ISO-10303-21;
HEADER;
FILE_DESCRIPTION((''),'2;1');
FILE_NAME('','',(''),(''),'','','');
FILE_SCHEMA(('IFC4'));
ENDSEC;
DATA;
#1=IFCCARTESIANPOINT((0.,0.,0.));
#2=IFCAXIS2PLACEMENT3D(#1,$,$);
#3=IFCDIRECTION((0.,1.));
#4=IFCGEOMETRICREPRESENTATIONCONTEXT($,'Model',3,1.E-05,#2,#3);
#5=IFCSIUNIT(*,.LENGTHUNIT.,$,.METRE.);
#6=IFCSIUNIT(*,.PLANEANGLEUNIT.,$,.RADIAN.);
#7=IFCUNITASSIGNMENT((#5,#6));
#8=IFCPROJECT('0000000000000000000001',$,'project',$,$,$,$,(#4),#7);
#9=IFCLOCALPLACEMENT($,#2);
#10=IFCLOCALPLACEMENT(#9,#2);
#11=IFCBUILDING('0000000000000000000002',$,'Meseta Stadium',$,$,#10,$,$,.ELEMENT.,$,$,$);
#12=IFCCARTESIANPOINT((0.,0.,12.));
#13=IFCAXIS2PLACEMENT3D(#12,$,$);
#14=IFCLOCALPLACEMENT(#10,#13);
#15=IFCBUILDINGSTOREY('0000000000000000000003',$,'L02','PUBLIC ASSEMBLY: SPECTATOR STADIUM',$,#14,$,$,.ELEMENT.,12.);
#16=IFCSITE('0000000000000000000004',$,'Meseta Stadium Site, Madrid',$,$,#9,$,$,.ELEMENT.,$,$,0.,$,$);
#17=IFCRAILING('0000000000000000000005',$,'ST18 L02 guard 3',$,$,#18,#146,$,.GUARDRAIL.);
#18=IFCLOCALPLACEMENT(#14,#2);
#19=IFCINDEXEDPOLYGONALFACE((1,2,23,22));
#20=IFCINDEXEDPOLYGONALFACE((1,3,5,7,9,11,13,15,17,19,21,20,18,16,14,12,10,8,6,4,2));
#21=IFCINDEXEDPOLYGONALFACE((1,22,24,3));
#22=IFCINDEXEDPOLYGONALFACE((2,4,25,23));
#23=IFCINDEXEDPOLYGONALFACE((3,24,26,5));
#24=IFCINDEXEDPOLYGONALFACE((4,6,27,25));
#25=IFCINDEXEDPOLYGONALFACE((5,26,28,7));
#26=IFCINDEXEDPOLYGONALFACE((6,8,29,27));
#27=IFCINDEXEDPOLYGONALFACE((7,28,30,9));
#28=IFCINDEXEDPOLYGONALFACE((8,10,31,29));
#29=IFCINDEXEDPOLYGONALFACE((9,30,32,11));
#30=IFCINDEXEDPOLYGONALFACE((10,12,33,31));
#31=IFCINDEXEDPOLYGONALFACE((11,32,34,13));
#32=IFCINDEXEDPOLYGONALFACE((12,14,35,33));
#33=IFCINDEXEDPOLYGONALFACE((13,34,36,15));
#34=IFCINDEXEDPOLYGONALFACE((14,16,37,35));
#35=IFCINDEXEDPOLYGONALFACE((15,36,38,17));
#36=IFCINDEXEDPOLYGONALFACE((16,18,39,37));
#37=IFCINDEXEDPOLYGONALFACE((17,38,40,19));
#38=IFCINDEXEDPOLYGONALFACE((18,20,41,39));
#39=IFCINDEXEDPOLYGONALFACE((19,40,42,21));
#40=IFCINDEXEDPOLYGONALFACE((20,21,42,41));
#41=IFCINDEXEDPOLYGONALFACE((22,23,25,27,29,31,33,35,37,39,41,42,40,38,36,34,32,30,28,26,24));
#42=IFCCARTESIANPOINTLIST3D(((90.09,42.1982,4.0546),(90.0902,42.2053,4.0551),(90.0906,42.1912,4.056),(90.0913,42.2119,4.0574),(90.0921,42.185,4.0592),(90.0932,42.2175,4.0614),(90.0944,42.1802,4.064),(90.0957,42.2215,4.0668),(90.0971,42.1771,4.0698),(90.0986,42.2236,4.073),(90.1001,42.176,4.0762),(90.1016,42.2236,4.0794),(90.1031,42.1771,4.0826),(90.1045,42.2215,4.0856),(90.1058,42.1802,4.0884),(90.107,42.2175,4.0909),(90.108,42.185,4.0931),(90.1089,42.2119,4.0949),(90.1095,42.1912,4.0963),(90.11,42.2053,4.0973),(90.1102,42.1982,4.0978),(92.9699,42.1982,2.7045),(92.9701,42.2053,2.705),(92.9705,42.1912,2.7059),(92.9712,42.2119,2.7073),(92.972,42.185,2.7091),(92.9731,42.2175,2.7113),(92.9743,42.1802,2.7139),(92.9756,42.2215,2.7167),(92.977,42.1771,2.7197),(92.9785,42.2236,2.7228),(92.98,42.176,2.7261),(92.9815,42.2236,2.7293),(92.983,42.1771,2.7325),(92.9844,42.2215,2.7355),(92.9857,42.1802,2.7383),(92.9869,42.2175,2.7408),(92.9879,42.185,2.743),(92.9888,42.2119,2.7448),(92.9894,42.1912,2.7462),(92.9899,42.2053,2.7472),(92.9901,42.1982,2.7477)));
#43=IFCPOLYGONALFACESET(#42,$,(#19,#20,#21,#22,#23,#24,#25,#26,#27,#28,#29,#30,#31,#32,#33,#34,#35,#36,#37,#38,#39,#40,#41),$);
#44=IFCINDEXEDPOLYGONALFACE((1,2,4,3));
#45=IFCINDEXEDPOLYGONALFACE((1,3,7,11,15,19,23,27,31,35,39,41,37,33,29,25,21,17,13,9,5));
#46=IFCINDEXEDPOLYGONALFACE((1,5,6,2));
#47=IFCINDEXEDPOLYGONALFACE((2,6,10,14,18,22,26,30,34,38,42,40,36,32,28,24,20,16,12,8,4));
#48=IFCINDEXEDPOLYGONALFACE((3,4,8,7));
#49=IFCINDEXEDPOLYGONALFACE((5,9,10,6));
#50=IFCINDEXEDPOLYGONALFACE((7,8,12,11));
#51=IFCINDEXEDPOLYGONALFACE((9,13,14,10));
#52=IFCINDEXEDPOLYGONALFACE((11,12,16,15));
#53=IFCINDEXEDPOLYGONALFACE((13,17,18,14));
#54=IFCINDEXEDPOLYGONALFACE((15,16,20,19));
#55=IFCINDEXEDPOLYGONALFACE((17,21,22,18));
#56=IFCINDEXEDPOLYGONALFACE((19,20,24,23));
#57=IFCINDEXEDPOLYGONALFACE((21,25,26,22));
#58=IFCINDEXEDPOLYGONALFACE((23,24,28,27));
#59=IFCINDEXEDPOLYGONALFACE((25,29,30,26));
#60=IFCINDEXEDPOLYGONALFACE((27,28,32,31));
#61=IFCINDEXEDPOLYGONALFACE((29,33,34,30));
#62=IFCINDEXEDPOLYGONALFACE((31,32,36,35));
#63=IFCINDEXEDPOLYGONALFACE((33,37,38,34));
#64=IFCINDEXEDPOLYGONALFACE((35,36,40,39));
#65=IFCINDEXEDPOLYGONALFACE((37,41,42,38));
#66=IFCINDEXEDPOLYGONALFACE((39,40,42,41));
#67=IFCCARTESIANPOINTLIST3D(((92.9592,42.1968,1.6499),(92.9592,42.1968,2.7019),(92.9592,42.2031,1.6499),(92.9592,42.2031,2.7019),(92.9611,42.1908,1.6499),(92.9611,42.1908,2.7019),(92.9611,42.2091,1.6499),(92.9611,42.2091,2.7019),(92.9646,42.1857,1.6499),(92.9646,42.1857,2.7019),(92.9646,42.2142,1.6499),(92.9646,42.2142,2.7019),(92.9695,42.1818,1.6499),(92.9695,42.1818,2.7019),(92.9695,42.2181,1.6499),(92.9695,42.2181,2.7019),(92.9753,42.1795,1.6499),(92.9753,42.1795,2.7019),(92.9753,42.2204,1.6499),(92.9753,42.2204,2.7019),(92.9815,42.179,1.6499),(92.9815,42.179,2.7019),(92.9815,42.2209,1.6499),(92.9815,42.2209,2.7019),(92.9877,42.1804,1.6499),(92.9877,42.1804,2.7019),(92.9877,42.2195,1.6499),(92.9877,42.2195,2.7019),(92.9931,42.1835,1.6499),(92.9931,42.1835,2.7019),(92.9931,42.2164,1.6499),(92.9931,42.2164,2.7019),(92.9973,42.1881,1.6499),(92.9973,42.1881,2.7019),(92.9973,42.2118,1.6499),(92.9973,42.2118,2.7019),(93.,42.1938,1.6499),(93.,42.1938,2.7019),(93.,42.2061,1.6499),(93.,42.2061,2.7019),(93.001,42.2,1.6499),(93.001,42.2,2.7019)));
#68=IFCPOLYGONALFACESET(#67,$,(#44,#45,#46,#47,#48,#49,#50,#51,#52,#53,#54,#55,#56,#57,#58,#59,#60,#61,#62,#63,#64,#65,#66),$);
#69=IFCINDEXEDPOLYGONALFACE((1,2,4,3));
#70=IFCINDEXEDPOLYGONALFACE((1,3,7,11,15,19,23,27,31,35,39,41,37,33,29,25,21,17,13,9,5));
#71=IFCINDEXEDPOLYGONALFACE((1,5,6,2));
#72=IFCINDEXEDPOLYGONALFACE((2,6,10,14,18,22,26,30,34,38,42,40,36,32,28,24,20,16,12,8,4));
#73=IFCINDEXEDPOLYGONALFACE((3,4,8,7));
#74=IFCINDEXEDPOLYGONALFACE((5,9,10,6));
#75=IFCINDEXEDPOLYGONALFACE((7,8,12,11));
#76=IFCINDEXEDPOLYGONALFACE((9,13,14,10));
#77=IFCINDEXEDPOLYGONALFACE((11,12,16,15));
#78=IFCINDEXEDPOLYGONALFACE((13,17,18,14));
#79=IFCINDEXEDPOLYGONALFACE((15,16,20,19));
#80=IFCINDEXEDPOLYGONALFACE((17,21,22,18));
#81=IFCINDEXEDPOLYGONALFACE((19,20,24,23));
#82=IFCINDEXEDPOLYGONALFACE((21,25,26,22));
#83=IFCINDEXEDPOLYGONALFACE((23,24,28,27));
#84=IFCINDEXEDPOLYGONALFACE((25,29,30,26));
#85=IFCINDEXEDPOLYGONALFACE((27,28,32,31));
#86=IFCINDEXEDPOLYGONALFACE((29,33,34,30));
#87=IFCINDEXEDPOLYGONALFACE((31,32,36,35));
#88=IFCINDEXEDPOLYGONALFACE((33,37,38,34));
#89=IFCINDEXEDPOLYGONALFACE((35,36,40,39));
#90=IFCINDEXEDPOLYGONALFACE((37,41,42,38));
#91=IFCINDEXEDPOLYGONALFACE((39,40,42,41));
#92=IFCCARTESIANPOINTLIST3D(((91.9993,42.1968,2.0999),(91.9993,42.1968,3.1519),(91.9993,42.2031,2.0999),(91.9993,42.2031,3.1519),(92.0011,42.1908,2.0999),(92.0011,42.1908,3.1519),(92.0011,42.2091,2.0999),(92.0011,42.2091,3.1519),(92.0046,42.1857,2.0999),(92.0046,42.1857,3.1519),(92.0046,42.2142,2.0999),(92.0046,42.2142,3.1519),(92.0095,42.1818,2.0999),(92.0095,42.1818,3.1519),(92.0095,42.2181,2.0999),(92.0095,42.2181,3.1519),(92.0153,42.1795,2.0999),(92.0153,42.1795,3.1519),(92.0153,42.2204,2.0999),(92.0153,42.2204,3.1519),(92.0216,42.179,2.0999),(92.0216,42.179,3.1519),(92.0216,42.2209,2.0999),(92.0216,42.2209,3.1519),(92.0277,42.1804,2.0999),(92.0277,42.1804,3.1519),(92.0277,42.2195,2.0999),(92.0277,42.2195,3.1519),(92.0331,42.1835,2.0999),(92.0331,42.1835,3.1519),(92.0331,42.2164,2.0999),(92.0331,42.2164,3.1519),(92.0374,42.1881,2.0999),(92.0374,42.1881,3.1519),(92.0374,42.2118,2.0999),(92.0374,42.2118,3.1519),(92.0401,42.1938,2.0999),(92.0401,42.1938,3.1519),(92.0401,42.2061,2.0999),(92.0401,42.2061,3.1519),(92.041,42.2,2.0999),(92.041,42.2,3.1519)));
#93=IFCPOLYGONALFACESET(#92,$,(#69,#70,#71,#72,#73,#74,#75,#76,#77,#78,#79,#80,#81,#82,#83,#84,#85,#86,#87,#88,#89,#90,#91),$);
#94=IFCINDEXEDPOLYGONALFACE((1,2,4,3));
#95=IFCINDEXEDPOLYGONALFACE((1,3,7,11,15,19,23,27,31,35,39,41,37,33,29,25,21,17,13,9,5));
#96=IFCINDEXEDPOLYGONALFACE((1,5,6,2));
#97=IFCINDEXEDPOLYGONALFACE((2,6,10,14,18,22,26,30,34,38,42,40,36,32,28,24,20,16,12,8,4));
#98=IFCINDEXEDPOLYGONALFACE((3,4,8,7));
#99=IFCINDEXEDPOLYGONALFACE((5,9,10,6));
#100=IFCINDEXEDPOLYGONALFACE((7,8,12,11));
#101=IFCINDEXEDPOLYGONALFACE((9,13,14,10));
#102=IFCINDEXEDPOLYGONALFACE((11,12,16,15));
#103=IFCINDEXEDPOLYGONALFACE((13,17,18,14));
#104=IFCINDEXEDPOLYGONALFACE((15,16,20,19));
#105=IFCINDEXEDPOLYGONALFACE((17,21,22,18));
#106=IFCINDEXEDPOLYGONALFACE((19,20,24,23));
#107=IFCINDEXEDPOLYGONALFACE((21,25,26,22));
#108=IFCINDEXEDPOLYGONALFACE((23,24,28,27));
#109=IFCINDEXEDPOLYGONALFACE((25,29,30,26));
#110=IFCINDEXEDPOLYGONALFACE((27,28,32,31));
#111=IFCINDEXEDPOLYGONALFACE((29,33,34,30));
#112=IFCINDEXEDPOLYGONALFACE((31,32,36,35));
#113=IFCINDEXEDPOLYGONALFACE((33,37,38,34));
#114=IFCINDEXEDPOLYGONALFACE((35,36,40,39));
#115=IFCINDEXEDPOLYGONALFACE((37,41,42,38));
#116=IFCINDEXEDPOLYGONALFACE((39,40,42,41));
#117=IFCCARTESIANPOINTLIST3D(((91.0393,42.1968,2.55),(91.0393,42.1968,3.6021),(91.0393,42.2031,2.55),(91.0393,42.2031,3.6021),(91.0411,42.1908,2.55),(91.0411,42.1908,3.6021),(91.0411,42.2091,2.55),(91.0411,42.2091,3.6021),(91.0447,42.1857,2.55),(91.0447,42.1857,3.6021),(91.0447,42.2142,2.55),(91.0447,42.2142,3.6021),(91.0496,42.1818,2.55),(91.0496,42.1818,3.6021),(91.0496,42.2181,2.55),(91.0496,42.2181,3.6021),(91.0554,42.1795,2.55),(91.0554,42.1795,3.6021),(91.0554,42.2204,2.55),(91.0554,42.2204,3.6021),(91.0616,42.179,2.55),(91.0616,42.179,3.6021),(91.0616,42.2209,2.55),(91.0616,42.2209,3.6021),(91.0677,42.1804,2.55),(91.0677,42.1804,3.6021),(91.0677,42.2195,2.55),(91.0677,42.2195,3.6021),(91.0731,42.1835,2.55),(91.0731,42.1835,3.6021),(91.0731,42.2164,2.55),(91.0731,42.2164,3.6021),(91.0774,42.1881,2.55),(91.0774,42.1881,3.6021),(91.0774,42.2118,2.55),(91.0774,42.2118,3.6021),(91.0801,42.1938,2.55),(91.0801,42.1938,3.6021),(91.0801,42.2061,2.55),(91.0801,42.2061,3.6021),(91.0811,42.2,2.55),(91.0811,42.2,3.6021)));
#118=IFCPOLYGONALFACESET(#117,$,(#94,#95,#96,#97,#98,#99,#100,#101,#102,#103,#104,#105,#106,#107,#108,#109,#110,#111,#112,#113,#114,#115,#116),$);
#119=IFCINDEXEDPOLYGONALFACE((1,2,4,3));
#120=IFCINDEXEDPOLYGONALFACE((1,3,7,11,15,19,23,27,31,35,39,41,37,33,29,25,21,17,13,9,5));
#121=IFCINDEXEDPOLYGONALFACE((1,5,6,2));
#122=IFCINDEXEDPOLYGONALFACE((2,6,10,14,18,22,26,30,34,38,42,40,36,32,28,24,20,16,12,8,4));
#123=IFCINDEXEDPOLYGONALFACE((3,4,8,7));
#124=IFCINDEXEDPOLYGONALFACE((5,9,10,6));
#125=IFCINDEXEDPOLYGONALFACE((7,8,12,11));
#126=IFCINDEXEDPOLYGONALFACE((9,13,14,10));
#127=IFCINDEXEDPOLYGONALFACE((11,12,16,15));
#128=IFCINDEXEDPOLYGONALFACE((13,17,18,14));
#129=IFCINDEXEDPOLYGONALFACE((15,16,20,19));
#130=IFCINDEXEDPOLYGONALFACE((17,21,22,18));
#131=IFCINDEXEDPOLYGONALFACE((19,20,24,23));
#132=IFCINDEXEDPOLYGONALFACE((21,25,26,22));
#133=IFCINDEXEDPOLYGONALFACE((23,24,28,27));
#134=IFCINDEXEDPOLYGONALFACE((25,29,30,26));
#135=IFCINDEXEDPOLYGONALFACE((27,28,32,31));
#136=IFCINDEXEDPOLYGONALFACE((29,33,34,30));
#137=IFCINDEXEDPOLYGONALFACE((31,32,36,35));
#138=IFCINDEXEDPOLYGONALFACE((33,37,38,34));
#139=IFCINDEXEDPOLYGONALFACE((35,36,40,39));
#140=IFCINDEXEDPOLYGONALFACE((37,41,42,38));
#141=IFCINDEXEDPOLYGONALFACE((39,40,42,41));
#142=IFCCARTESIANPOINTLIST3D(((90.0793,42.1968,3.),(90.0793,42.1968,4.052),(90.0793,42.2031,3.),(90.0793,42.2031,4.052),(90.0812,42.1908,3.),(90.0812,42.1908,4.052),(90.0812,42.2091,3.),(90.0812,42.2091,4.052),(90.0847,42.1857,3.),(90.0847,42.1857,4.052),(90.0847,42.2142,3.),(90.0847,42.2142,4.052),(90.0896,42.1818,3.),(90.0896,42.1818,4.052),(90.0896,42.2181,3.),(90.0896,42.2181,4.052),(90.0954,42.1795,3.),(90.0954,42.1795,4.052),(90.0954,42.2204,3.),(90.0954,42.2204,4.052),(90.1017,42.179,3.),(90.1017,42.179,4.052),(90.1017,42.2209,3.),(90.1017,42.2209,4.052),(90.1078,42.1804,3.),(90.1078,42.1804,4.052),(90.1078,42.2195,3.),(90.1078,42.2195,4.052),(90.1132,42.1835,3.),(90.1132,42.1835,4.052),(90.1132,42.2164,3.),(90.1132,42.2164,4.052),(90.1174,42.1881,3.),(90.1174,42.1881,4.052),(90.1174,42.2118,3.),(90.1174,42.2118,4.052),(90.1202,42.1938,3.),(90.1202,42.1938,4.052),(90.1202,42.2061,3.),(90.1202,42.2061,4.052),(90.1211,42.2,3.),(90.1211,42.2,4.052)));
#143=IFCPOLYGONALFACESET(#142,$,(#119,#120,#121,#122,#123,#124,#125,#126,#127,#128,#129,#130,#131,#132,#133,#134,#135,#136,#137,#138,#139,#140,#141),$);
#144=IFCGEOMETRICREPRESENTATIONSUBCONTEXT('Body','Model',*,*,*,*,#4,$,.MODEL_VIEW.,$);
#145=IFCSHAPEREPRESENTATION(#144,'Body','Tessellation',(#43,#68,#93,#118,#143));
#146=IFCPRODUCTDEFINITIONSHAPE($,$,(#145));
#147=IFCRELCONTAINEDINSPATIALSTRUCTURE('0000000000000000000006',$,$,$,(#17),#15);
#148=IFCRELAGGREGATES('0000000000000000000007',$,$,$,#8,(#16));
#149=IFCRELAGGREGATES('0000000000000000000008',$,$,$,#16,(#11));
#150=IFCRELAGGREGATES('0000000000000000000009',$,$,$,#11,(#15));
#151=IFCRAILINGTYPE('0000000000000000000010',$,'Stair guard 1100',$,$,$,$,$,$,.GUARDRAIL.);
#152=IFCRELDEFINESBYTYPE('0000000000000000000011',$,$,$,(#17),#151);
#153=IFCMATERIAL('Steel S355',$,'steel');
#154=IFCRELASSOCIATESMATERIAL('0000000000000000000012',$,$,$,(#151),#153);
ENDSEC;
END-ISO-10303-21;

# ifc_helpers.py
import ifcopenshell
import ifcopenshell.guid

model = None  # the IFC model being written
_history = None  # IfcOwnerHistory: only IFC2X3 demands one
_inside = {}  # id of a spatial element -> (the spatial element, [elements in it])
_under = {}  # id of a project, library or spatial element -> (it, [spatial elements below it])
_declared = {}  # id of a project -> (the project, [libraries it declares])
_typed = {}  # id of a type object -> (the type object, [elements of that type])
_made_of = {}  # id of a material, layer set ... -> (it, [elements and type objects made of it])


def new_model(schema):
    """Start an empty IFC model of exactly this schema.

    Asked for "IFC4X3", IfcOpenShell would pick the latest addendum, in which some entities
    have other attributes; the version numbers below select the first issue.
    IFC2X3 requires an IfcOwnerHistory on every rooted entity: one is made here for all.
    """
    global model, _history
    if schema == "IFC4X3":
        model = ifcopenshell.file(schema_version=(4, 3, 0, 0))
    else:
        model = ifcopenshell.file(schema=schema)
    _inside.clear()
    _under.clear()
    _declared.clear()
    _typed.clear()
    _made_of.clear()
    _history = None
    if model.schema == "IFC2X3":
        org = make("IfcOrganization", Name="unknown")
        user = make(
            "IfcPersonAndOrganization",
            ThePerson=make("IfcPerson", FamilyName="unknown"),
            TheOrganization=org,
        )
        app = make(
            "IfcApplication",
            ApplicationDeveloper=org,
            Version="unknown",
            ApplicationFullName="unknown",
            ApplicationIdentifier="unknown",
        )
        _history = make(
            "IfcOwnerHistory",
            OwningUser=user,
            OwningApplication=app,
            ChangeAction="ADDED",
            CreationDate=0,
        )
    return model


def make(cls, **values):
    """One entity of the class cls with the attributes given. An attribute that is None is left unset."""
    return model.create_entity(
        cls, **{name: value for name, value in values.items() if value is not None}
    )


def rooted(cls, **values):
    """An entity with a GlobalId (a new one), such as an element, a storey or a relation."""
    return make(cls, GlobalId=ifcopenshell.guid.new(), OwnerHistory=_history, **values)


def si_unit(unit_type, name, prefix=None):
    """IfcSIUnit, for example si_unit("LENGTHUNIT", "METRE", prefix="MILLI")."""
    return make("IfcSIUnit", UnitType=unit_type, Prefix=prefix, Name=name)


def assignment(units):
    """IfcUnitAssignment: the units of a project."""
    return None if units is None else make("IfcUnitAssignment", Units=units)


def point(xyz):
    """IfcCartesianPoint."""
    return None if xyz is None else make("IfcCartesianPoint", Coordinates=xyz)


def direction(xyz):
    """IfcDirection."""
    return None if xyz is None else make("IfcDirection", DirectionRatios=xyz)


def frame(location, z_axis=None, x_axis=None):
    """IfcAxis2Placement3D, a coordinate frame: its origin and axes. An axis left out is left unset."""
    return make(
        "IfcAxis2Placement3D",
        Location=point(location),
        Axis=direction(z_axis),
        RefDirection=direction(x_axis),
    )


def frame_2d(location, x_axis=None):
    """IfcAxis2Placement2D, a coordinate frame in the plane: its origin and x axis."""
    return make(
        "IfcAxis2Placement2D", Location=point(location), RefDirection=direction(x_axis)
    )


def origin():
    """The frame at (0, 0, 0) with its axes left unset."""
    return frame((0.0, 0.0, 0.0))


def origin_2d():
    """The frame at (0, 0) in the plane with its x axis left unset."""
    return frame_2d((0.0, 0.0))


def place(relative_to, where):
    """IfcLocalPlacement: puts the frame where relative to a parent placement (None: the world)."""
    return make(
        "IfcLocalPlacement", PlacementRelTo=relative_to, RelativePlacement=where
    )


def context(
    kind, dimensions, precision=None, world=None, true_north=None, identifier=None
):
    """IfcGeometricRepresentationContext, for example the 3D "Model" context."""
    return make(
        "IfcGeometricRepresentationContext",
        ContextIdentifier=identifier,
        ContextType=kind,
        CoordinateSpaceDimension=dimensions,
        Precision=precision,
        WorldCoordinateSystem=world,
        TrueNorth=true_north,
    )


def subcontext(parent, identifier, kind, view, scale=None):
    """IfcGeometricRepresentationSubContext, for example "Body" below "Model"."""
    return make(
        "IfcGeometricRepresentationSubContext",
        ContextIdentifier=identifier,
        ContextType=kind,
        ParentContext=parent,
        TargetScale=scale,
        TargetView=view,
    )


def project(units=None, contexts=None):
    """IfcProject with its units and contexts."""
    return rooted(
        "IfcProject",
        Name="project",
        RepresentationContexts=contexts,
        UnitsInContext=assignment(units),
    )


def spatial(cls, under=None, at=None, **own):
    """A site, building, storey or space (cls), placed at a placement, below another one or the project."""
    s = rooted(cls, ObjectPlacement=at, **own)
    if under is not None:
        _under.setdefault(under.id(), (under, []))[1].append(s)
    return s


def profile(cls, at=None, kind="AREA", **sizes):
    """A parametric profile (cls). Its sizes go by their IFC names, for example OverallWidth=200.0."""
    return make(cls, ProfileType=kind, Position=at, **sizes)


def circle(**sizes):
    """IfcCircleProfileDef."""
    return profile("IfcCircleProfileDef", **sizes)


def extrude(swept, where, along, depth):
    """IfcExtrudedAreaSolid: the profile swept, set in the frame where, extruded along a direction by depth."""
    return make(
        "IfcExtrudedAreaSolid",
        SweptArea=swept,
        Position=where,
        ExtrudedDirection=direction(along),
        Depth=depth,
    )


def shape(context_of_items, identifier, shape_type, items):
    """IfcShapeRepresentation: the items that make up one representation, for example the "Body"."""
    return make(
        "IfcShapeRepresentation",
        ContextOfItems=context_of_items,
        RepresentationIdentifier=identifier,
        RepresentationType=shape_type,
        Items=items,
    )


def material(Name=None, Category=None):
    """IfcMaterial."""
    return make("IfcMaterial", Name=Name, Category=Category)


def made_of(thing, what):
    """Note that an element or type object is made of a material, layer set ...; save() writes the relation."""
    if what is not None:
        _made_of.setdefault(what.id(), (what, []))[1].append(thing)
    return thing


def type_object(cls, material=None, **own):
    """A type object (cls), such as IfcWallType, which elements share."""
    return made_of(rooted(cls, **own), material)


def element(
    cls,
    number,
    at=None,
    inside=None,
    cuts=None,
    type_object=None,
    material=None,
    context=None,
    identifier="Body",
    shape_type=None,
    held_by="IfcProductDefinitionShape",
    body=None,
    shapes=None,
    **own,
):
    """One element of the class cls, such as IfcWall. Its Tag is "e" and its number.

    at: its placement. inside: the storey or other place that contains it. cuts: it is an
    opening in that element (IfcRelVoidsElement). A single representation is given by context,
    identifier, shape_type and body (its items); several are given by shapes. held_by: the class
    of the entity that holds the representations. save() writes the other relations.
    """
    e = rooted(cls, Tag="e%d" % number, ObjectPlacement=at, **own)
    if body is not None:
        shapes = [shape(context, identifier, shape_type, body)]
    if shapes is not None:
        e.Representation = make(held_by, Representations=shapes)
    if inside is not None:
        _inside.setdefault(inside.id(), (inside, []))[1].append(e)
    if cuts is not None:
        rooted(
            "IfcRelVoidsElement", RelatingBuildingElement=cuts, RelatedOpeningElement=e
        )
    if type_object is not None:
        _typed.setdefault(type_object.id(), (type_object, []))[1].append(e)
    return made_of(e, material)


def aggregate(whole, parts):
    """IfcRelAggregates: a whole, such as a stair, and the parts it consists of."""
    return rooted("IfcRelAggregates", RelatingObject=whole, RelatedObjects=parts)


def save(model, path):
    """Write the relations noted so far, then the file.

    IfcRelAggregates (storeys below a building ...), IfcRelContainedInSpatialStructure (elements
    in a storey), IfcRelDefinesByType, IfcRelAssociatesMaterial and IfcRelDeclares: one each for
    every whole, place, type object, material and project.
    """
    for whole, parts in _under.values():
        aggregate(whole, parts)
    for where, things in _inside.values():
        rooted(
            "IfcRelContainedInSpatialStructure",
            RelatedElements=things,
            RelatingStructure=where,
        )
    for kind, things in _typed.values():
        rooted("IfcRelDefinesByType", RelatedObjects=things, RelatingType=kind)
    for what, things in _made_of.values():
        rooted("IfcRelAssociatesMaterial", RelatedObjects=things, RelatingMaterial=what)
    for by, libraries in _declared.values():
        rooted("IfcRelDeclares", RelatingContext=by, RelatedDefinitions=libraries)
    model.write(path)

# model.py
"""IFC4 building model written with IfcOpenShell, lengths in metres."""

from ifc_helpers import new_model, si_unit, direction, frame, origin, origin_2d, place, context, subcontext, project, spatial, circle, extrude, material, type_object, element, save


model = new_model("IFC4")

# Units and contexts
model_context = context("Model", 3, precision=1e-05, world=origin(), true_north=direction((0.0, 1.0)))
body_context = subcontext(model_context, "Body", "Model", "MODEL_VIEW")
ifc_project = project(units=[si_unit("LENGTHUNIT", "METRE"), si_unit("PLANEANGLEUNIT", "RADIAN")], contexts=[model_context])

# Site, building, storey
site_placement = place(None, origin())
site = spatial("IfcSite", under=ifc_project, at=site_placement, Name="Meseta Stadium Site, Madrid", CompositionType="ELEMENT", RefElevation=0.0)
building_placement = place(site_placement, origin())
building = spatial("IfcBuilding", under=site, at=building_placement, Name="Meseta Stadium", CompositionType="ELEMENT")
storey_placement = place(building_placement, frame((0.0, 0.0, 12.0)))
storey = spatial("IfcBuildingStorey", under=building, at=storey_placement, Name="L02", Description="PUBLIC ASSEMBLY: SPECTATOR STADIUM", CompositionType="ELEMENT", Elevation=12.0)

# Railing
ifc_material_1 = material(Name="Steel S355", Category="steel")
railing_type_1 = type_object("IfcRailingType", Name="Stair guard 1100", PredefinedType="GUARDRAIL", material=ifc_material_1)
railing_1_placement = place(storey_placement, frame((92.98, 42.2, 1.6499)))
element("IfcRailing", 1, at=railing_1_placement, inside=storey, type_object=railing_type_1, Name="ST18 L02 guard 3", PredefinedType="GUARDRAIL", context=body_context, shape_type="SweptSolid", body=[
    extrude(circle(Radius=0.0239, at=origin_2d()), frame((0.0, 0.0, 1.0762), z_axis=(-0.90544, 0.0, 0.424473), x_axis=(0.0, -1.0, 0.0)), (0.0, 0.0, 1.0), 3.1807),
    extrude(circle(Radius=0.021, at=origin_2d()), origin(), (0.0, 0.0, 1.0), 1.052),
    extrude(circle(Radius=0.021, at=origin_2d()), frame((-0.96, 0.0, 0.45)), (0.0, 0.0, 1.0), 1.052),
    extrude(circle(Radius=0.021, at=origin_2d()), frame((-1.9199, 0.0, 0.9001)), (0.0, 0.0, 1.0), 1.052),
    extrude(circle(Radius=0.021, at=origin_2d()), frame((-2.8799, 0.0, 1.3501)), (0.0, 0.0, 1.0), 1.052),
])

save(model, "model.ifc")
